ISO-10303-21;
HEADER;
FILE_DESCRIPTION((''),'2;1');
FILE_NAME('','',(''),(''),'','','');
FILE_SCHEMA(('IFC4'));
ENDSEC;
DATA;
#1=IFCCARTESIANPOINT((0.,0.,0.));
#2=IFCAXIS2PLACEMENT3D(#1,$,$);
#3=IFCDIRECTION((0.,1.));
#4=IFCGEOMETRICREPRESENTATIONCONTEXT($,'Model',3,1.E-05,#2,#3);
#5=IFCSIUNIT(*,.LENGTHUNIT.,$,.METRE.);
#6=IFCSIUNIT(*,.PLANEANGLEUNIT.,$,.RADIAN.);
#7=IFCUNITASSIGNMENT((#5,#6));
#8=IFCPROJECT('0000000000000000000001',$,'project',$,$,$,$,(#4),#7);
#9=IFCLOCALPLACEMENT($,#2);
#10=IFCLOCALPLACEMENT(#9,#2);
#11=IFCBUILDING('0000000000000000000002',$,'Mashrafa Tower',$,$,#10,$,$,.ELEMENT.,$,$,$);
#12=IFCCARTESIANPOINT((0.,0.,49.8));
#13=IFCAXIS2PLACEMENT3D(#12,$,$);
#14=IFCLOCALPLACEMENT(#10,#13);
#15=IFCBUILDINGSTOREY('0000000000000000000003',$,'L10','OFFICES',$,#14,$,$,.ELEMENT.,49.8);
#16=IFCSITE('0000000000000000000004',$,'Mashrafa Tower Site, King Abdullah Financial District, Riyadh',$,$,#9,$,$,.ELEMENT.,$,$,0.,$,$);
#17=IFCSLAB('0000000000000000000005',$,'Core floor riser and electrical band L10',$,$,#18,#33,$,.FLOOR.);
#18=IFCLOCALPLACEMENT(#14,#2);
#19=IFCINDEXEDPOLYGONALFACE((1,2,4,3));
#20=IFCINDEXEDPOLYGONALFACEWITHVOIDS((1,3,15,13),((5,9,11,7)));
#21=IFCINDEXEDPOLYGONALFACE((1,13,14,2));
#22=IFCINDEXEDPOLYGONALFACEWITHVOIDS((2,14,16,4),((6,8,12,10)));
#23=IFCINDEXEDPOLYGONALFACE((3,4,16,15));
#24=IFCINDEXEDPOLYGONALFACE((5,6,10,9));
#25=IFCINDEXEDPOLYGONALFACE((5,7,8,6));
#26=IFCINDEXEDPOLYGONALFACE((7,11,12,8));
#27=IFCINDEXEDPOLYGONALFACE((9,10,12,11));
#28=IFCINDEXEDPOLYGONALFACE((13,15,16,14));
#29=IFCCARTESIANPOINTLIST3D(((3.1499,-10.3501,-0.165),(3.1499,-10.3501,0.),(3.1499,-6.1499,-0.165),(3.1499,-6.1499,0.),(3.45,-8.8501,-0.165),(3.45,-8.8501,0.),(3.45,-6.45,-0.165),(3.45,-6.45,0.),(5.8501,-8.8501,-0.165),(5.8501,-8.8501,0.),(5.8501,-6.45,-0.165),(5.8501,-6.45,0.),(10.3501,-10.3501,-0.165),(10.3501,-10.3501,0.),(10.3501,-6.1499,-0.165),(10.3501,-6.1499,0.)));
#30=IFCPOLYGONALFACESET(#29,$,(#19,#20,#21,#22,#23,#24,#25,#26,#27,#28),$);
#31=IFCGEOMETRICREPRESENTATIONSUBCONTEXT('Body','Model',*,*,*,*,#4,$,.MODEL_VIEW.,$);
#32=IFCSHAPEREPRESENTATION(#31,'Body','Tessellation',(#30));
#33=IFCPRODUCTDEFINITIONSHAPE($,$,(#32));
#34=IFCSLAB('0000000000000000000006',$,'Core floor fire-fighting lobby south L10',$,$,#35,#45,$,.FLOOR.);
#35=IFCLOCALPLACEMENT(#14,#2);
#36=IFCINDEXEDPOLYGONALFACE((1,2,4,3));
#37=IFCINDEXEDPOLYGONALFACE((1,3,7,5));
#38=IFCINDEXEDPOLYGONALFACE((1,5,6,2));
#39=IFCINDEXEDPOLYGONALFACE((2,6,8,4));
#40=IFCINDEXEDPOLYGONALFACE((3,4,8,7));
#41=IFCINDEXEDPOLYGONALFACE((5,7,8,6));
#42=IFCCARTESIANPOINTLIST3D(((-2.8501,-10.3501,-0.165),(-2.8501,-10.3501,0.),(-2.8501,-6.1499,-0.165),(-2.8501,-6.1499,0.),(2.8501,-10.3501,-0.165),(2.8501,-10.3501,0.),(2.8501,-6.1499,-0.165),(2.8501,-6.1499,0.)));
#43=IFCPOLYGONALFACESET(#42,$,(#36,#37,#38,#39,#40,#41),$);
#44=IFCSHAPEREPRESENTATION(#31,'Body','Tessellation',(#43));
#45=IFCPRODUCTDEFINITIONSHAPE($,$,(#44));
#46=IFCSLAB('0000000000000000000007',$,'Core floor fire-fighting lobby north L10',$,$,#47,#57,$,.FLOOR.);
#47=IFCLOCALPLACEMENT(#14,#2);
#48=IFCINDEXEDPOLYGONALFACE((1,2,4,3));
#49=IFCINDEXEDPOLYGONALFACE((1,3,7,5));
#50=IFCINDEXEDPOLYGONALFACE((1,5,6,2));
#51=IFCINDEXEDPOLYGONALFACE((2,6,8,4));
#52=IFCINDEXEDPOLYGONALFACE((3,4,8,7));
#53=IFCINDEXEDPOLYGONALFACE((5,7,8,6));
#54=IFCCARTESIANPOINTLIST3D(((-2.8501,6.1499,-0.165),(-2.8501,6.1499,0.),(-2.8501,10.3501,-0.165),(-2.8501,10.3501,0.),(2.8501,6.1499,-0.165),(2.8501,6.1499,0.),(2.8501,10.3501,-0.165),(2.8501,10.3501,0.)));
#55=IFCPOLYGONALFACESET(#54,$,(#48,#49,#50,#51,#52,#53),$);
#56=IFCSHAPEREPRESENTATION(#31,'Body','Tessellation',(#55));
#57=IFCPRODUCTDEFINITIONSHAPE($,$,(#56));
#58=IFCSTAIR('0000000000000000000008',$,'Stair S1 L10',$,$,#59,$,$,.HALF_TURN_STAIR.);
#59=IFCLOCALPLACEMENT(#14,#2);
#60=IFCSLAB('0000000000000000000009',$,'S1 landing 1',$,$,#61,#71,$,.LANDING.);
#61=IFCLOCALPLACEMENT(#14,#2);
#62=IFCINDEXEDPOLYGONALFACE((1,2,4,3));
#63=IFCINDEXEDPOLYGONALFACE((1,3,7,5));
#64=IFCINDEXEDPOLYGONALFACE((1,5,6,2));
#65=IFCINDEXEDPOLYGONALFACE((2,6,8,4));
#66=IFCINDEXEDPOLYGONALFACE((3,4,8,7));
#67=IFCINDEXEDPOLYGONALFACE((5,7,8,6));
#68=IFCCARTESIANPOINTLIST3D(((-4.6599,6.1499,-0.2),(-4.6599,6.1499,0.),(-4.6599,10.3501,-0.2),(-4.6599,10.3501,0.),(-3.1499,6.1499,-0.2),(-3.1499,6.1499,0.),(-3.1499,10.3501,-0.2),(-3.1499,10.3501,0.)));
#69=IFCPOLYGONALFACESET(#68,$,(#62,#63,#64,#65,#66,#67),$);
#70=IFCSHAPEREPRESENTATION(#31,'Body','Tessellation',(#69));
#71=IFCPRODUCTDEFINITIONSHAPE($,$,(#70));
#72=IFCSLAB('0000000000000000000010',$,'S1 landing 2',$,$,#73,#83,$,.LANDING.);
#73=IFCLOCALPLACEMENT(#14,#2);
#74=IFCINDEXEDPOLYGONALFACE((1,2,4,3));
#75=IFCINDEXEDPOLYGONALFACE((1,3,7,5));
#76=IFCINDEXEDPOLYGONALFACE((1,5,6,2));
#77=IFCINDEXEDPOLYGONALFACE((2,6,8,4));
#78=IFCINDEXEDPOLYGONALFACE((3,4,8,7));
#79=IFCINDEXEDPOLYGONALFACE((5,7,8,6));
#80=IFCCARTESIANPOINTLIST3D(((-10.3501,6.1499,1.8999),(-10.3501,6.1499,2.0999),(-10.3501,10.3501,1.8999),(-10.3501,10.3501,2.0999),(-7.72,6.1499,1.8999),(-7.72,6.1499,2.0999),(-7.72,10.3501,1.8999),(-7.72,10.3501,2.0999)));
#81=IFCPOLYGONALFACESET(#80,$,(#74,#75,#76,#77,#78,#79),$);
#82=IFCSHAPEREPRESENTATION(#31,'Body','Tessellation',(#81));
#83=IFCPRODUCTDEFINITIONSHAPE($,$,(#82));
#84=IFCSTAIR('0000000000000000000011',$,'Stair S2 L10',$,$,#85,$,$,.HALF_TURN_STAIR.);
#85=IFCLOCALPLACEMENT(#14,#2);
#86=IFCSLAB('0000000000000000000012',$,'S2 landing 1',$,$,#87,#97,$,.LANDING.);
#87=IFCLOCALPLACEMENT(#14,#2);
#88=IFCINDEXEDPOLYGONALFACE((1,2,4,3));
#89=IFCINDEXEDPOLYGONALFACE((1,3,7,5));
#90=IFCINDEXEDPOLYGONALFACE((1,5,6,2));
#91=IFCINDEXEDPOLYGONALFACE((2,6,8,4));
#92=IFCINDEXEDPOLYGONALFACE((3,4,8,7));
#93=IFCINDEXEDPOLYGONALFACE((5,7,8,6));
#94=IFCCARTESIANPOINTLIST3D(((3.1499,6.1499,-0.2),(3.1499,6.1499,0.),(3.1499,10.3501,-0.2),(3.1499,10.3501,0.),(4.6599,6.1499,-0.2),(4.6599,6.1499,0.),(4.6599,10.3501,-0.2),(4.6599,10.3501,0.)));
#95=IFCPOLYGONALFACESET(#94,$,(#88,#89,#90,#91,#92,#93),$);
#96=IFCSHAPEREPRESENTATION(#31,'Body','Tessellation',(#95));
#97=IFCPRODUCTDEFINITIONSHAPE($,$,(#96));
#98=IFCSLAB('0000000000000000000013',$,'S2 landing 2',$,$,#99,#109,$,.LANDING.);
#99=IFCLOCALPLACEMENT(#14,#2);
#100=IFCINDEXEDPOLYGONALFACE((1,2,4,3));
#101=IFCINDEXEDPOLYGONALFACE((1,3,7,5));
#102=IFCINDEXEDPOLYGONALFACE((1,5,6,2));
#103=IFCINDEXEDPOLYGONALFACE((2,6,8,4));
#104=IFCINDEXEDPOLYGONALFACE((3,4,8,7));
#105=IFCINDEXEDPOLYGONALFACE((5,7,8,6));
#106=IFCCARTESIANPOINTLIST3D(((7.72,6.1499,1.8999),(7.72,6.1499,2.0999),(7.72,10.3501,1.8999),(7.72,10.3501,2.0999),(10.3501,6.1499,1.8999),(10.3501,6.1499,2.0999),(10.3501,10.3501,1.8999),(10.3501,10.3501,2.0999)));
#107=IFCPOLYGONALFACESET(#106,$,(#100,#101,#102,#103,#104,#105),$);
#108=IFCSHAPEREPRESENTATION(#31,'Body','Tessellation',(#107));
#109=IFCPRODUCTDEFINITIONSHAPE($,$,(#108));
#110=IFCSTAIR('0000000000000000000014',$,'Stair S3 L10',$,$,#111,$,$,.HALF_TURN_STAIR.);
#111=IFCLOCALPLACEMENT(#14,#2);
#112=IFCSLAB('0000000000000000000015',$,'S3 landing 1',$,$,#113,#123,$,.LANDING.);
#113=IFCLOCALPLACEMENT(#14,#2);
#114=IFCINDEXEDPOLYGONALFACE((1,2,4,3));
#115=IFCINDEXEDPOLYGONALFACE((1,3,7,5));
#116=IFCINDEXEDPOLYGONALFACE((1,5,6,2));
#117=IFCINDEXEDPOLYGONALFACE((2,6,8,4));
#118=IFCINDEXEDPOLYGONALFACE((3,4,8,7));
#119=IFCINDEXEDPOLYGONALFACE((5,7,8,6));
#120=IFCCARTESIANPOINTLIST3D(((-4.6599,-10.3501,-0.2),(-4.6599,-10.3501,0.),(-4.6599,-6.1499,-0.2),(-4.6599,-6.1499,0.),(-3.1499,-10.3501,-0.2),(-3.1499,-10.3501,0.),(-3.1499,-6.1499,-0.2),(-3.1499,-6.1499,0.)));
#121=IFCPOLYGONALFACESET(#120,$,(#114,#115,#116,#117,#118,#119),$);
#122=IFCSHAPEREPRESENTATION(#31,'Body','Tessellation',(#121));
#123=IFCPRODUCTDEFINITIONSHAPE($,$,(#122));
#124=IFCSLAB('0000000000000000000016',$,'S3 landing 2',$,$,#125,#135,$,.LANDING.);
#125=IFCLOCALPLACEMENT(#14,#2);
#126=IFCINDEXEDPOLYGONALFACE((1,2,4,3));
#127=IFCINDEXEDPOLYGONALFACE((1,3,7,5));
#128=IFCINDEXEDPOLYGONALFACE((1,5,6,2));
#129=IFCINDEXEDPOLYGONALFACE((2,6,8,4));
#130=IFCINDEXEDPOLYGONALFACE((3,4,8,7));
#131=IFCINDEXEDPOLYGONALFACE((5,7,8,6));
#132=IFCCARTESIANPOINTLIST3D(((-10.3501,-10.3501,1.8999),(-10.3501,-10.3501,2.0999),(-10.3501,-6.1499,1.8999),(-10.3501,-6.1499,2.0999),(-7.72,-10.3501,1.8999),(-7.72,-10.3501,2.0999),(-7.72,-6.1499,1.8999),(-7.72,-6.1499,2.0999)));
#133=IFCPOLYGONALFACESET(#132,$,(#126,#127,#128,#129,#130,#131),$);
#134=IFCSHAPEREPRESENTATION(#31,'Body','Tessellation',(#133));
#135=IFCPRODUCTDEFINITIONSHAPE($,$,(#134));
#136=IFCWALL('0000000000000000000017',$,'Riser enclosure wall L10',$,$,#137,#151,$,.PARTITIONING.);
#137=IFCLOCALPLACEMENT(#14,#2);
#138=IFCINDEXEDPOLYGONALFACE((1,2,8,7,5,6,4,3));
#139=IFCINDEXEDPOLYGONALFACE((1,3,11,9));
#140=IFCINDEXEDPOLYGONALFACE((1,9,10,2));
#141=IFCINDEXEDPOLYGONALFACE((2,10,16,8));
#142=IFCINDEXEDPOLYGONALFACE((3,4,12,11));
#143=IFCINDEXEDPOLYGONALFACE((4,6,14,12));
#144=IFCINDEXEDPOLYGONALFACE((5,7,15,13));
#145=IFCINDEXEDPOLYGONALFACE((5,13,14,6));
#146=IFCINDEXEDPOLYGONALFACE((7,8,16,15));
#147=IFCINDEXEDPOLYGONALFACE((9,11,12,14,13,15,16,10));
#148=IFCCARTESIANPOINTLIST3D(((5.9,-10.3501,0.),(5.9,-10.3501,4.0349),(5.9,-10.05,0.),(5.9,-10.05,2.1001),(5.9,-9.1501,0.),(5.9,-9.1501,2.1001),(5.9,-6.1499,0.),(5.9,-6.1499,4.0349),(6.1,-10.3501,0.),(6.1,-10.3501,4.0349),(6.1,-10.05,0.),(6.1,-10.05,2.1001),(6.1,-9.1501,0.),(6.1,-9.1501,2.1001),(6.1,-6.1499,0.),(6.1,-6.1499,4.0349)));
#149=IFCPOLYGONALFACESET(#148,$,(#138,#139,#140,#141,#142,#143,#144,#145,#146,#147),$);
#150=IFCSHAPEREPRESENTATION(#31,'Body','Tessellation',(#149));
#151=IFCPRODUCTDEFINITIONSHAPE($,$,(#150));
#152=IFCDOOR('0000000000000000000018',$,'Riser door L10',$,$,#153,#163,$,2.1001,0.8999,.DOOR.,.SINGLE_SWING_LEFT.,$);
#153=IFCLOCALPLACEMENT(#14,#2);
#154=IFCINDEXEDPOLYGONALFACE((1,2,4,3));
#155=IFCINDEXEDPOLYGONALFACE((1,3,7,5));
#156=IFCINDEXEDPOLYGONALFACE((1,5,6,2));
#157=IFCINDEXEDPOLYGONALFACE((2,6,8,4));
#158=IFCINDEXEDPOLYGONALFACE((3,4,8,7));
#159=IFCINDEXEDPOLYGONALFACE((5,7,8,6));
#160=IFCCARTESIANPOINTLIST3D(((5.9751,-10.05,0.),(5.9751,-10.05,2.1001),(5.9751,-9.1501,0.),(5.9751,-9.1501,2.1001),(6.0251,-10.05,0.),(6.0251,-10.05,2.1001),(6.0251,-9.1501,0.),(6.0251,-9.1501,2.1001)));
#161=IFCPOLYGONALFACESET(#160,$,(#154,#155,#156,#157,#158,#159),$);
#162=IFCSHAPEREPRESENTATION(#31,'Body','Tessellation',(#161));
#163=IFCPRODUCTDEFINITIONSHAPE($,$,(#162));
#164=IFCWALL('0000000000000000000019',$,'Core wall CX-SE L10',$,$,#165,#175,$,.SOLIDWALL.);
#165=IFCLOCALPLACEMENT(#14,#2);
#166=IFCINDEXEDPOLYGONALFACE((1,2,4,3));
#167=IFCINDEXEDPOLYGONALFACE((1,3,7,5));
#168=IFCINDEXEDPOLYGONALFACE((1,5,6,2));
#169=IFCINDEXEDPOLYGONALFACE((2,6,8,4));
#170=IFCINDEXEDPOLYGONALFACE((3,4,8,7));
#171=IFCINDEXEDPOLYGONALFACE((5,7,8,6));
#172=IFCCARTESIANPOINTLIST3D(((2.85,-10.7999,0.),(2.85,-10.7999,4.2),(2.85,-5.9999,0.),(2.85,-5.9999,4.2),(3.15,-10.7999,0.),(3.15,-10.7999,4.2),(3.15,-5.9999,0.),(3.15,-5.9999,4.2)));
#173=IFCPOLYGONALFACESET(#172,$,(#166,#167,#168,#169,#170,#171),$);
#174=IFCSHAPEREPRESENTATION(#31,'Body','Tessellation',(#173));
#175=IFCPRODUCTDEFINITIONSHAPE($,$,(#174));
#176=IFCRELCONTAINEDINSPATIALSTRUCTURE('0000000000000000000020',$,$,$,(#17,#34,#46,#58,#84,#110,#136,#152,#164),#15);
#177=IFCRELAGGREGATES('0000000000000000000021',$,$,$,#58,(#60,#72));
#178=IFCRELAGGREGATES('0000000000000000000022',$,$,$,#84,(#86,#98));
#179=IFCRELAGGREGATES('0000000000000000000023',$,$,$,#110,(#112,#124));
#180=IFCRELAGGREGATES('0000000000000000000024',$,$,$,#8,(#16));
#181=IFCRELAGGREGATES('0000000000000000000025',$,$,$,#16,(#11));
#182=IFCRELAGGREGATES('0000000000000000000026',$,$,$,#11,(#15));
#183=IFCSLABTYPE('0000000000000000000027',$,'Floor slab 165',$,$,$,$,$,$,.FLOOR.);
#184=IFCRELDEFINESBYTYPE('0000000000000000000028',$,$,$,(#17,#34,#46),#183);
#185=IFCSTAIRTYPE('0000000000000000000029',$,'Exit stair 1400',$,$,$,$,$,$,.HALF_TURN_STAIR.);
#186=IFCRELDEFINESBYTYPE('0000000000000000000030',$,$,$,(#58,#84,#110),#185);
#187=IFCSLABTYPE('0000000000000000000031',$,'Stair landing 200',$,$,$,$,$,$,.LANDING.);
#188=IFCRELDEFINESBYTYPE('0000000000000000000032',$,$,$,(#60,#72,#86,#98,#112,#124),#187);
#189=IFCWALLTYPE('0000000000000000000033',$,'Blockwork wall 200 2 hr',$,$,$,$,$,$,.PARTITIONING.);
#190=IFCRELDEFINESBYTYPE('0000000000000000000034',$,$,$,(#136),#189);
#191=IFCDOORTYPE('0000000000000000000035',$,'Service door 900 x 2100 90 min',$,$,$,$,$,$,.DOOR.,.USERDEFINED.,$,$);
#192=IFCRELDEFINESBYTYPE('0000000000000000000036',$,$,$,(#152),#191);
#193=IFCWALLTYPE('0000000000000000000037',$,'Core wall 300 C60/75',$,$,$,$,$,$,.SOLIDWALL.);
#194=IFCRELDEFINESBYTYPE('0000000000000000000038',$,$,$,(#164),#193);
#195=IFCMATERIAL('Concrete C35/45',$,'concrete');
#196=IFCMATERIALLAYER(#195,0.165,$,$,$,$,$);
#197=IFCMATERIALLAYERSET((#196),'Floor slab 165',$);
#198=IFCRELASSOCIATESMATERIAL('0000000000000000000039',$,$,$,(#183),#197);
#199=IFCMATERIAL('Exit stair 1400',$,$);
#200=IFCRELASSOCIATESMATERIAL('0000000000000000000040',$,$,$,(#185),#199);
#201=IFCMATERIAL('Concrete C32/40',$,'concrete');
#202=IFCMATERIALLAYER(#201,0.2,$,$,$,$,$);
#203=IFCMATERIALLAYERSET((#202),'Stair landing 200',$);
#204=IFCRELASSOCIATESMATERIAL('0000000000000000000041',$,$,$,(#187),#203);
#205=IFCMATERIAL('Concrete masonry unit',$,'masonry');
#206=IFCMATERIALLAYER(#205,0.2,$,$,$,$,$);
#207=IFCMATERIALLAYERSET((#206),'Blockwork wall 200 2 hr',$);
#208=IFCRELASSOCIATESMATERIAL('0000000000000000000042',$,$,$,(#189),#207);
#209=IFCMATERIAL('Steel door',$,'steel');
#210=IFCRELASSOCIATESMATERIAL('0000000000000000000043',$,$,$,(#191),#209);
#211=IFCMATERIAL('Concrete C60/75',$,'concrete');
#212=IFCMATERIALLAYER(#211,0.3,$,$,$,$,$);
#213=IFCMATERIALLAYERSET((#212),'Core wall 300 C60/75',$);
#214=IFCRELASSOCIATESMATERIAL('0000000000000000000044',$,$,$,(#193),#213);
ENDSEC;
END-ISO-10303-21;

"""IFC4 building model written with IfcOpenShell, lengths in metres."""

from ifc_helpers import new_model, si_unit, direction, frame, frame_2d, origin, place, context, subcontext, project, spatial, polyline, rectangle, outline, extrude, material, layer, layer_set, type_object, element, fill, aggregate, save


model = new_model("IFC4")

# Units and contexts
model_context = context("Model", 3, precision=1e-05, world=origin(), true_north=direction((0.0, 1.0)))
body_context = subcontext(model_context, "Body", "Model", "MODEL_VIEW")
ifc_project = project(units=[si_unit("LENGTHUNIT", "METRE"), si_unit("PLANEANGLEUNIT", "RADIAN")], contexts=[model_context])

# Site, building, storey
site_placement = place(None, origin())
site = spatial("IfcSite", under=ifc_project, at=site_placement, Name="Mashrafa Tower Site, King Abdullah Financial District, Riyadh", CompositionType="ELEMENT", RefElevation=0.0)
building_placement = place(site_placement, origin())
building = spatial("IfcBuilding", under=site, at=building_placement, Name="Mashrafa Tower", CompositionType="ELEMENT")
storey_placement = place(building_placement, frame((0.0, 0.0, 49.8)))
storey = spatial("IfcBuildingStorey", under=building, at=storey_placement, Name="L10", Description="OFFICES", CompositionType="ELEMENT", Elevation=49.8)

# Slabs
ifc_material_1 = material(Name="Concrete C35/45", Category="concrete")
ifc_layer_1 = layer(ifc_material_1, 0.165)
ifc_layer_set_1 = layer_set([ifc_layer_1], Name="Floor slab 165")
slab_type_1 = type_object("IfcSlabType", Name="Floor slab 165", PredefinedType="FLOOR", material=ifc_layer_set_1)
slab_1_placement = place(storey_placement, frame((0.0, 0.0, -0.165)))
element("IfcSlab", 1, at=slab_1_placement, inside=storey, type_object=slab_type_1, Name="Core floor riser and electrical band L10", PredefinedType="FLOOR", context=body_context, shape_type="SweptSolid", body=[
    extrude(outline(polyline([(10.3501, -6.1499), (10.3501, -10.3501), (3.1499, -10.3501), (3.1499, -6.1499), (10.3501, -6.1499)]), holes=[polyline([(3.45, -8.8501), (5.8501, -8.8501), (5.8501, -6.45), (3.45, -6.45), (3.45, -8.8501)])]), origin(), (0.0, 0.0, 1.0), 0.165),
])
slab_2_placement = place(storey_placement, frame((0.0, 0.0, -0.165)))
element("IfcSlab", 2, at=slab_2_placement, inside=storey, type_object=slab_type_1, Name="Core floor fire-fighting lobby south L10", PredefinedType="FLOOR", context=body_context, shape_type="SweptSolid", body=[
    extrude(outline(polyline([(2.8501, -6.1499), (2.8501, -10.3501), (-2.8501, -10.3501), (-2.8501, -6.1499), (2.8501, -6.1499)])), origin(), (0.0, 0.0, 1.0), 0.165),
])
slab_3_placement = place(storey_placement, frame((0.0, 0.0, -0.165)))
element("IfcSlab", 3, at=slab_3_placement, inside=storey, type_object=slab_type_1, Name="Core floor fire-fighting lobby north L10", PredefinedType="FLOOR", context=body_context, shape_type="SweptSolid", body=[
    extrude(outline(polyline([(-2.8501, 10.3501), (2.8501, 10.3501), (2.8501, 6.1499), (-2.8501, 6.1499), (-2.8501, 10.3501)])), origin(), (0.0, 0.0, 1.0), 0.165),
])

# Stairs, slabs
ifc_material_2 = material(Name="Exit stair 1400")
stair_type = type_object("IfcStairType", Name="Exit stair 1400", PredefinedType="HALF_TURN_STAIR", material=ifc_material_2)
stair_1_placement = place(storey_placement, origin())
stair_1 = element("IfcStair", 4, at=stair_1_placement, inside=storey, type_object=stair_type, Name="Stair S1 L10", PredefinedType="HALF_TURN_STAIR")
ifc_material_3 = material(Name="Concrete C32/40", Category="concrete")
ifc_layer_2 = layer(ifc_material_3, 0.2)
ifc_layer_set_2 = layer_set([ifc_layer_2], Name="Stair landing 200")
slab_type_2 = type_object("IfcSlabType", Name="Stair landing 200", PredefinedType="LANDING", material=ifc_layer_set_2)
slab_4_placement = place(storey_placement, frame((0.0, 0.0, -0.2)))
slab_4 = element("IfcSlab", 5, at=slab_4_placement, type_object=slab_type_2, Name="S1 landing 1", PredefinedType="LANDING", context=body_context, shape_type="SweptSolid", body=[
    extrude(outline(polyline([(-4.6599, 6.1499), (-3.1499, 6.1499), (-3.1499, 10.3501), (-4.6599, 10.3501), (-4.6599, 6.1499)])), origin(), (0.0, 0.0, 1.0), 0.2),
])
slab_5_placement = place(storey_placement, frame((0.0, 0.0, 1.8999)))
slab_5 = element("IfcSlab", 6, at=slab_5_placement, type_object=slab_type_2, Name="S1 landing 2", PredefinedType="LANDING", context=body_context, shape_type="SweptSolid", body=[
    extrude(outline(polyline([(-10.3501, 6.1499), (-7.72, 6.1499), (-7.72, 10.3501), (-10.3501, 10.3501), (-10.3501, 6.1499)])), origin(), (0.0, 0.0, 1.0), 0.2),
])
aggregate(stair_1, [slab_4, slab_5])
stair_2_placement = place(storey_placement, origin())
stair_2 = element("IfcStair", 7, at=stair_2_placement, inside=storey, type_object=stair_type, Name="Stair S2 L10", PredefinedType="HALF_TURN_STAIR")
slab_6_placement = place(storey_placement, frame((0.0, 0.0, -0.2)))
slab_6 = element("IfcSlab", 8, at=slab_6_placement, type_object=slab_type_2, Name="S2 landing 1", PredefinedType="LANDING", context=body_context, shape_type="SweptSolid", body=[
    extrude(outline(polyline([(3.1499, 6.1499), (4.6599, 6.1499), (4.6599, 10.3501), (3.1499, 10.3501), (3.1499, 6.1499)])), origin(), (0.0, 0.0, 1.0), 0.2),
])
slab_7_placement = place(storey_placement, frame((0.0, 0.0, 1.8999)))
slab_7 = element("IfcSlab", 9, at=slab_7_placement, type_object=slab_type_2, Name="S2 landing 2", PredefinedType="LANDING", context=body_context, shape_type="SweptSolid", body=[
    extrude(outline(polyline([(7.72, 6.1499), (10.3501, 6.1499), (10.3501, 10.3501), (7.72, 10.3501), (7.72, 6.1499)])), origin(), (0.0, 0.0, 1.0), 0.2),
])
aggregate(stair_2, [slab_6, slab_7])
stair_3_placement = place(storey_placement, origin())
stair_3 = element("IfcStair", 10, at=stair_3_placement, inside=storey, type_object=stair_type, Name="Stair S3 L10", PredefinedType="HALF_TURN_STAIR")
slab_8_placement = place(storey_placement, frame((0.0, 0.0, -0.2)))
slab_8 = element("IfcSlab", 11, at=slab_8_placement, type_object=slab_type_2, Name="S3 landing 1", PredefinedType="LANDING", context=body_context, shape_type="SweptSolid", body=[
    extrude(outline(polyline([(-4.6599, -10.3501), (-3.1499, -10.3501), (-3.1499, -6.1499), (-4.6599, -6.1499), (-4.6599, -10.3501)])), origin(), (0.0, 0.0, 1.0), 0.2),
])
slab_9_placement = place(storey_placement, frame((0.0, 0.0, 1.8999)))
slab_9 = element("IfcSlab", 12, at=slab_9_placement, type_object=slab_type_2, Name="S3 landing 2", PredefinedType="LANDING", context=body_context, shape_type="SweptSolid", body=[
    extrude(outline(polyline([(-10.3501, -10.3501), (-7.72, -10.3501), (-7.72, -6.1499), (-10.3501, -6.1499), (-10.3501, -10.3501)])), origin(), (0.0, 0.0, 1.0), 0.2),
])
aggregate(stair_3, [slab_8, slab_9])

# Wall, opening, door
ifc_material_4 = material(Name="Concrete masonry unit", Category="masonry")
ifc_layer_3 = layer(ifc_material_4, 0.2)
ifc_layer_set_3 = layer_set([ifc_layer_3], Name="Blockwork wall 200 2 hr")
wall_type_1 = type_object("IfcWallType", Name="Blockwork wall 200 2 hr", PredefinedType="PARTITIONING", material=ifc_layer_set_3)
wall_1_placement = place(storey_placement, frame((6.0, -10.3501, 0.0), z_axis=(0.0, 0.0, 1.0), x_axis=(0.0, 1.0, 0.0)))
wall_1 = element("IfcWall", 13, at=wall_1_placement, inside=storey, type_object=wall_type_1, Name="Riser enclosure wall L10", PredefinedType="PARTITIONING", context=body_context, shape_type="SweptSolid", body=[
    extrude(rectangle(XDim=4.2002, YDim=0.2, at=frame_2d((2.1001, 0.0))), origin(), (0.0, 0.0, 1.0), 4.0349),
])
opening_1_placement = place(wall_1_placement, frame((0.3, 0.0, 0.0)))
opening_1 = element("IfcOpeningElement", 14, at=opening_1_placement, cuts=wall_1, PredefinedType="OPENING", context=body_context, shape_type="SweptSolid", body=[
    extrude(rectangle(XDim=0.8999, YDim=2.1001, at=frame_2d((0.45, 1.05))), frame((0.0, 0.1099, 0.0), z_axis=(0.0, -1.0, 0.0), x_axis=(1.0, 0.0, 0.0)), (0.0, 0.0, 1.0), 0.22),
])
ifc_material_5 = material(Name="Steel door", Category="steel")
door_type_1 = type_object("IfcDoorType", Name="Service door 900 x 2100 90 min", OperationType="USERDEFINED", PredefinedType="DOOR", material=ifc_material_5)
door_1_placement = place(opening_1_placement, origin())
door_1 = element("IfcDoor", 15, at=door_1_placement, inside=storey, type_object=door_type_1, Name="Riser door L10", OperationType="SINGLE_SWING_LEFT", OverallHeight=2.1001, OverallWidth=0.8999, PredefinedType="DOOR", context=body_context, shape_type="SweptSolid", body=[
    extrude(rectangle(XDim=0.8999, YDim=2.1001, at=frame_2d((0.45, 1.05))), frame((0.0, 0.0249, 0.0), z_axis=(0.0, -1.0, 0.0), x_axis=(1.0, 0.0, 0.0)), (0.0, 0.0, 1.0), 0.05),
])
fill(opening_1, door_1)

# Wall
ifc_material_6 = material(Name="Concrete C60/75", Category="concrete")
ifc_layer_4 = layer(ifc_material_6, 0.3)
ifc_layer_set_4 = layer_set([ifc_layer_4], Name="Core wall 300 C60/75")
wall_type_2 = type_object("IfcWallType", Name="Core wall 300 C60/75", PredefinedType="SOLIDWALL", material=ifc_layer_set_4)
wall_2_placement = place(storey_placement, frame((3.0, -6.0, 0.0), z_axis=(0.0, 0.0, 1.0), x_axis=(0.0, -1.0, 0.0)))
element("IfcWall", 16, at=wall_2_placement, inside=storey, type_object=wall_type_2, Name="Core wall CX-SE L10", PredefinedType="SOLIDWALL", context=body_context, shape_type="SweptSolid", body=[
    extrude(rectangle(XDim=4.8, YDim=0.3, at=frame_2d((2.3999, 0.0))), origin(), (0.0, 0.0, 1.0), 4.2),
])

save(model, "model.ifc")
